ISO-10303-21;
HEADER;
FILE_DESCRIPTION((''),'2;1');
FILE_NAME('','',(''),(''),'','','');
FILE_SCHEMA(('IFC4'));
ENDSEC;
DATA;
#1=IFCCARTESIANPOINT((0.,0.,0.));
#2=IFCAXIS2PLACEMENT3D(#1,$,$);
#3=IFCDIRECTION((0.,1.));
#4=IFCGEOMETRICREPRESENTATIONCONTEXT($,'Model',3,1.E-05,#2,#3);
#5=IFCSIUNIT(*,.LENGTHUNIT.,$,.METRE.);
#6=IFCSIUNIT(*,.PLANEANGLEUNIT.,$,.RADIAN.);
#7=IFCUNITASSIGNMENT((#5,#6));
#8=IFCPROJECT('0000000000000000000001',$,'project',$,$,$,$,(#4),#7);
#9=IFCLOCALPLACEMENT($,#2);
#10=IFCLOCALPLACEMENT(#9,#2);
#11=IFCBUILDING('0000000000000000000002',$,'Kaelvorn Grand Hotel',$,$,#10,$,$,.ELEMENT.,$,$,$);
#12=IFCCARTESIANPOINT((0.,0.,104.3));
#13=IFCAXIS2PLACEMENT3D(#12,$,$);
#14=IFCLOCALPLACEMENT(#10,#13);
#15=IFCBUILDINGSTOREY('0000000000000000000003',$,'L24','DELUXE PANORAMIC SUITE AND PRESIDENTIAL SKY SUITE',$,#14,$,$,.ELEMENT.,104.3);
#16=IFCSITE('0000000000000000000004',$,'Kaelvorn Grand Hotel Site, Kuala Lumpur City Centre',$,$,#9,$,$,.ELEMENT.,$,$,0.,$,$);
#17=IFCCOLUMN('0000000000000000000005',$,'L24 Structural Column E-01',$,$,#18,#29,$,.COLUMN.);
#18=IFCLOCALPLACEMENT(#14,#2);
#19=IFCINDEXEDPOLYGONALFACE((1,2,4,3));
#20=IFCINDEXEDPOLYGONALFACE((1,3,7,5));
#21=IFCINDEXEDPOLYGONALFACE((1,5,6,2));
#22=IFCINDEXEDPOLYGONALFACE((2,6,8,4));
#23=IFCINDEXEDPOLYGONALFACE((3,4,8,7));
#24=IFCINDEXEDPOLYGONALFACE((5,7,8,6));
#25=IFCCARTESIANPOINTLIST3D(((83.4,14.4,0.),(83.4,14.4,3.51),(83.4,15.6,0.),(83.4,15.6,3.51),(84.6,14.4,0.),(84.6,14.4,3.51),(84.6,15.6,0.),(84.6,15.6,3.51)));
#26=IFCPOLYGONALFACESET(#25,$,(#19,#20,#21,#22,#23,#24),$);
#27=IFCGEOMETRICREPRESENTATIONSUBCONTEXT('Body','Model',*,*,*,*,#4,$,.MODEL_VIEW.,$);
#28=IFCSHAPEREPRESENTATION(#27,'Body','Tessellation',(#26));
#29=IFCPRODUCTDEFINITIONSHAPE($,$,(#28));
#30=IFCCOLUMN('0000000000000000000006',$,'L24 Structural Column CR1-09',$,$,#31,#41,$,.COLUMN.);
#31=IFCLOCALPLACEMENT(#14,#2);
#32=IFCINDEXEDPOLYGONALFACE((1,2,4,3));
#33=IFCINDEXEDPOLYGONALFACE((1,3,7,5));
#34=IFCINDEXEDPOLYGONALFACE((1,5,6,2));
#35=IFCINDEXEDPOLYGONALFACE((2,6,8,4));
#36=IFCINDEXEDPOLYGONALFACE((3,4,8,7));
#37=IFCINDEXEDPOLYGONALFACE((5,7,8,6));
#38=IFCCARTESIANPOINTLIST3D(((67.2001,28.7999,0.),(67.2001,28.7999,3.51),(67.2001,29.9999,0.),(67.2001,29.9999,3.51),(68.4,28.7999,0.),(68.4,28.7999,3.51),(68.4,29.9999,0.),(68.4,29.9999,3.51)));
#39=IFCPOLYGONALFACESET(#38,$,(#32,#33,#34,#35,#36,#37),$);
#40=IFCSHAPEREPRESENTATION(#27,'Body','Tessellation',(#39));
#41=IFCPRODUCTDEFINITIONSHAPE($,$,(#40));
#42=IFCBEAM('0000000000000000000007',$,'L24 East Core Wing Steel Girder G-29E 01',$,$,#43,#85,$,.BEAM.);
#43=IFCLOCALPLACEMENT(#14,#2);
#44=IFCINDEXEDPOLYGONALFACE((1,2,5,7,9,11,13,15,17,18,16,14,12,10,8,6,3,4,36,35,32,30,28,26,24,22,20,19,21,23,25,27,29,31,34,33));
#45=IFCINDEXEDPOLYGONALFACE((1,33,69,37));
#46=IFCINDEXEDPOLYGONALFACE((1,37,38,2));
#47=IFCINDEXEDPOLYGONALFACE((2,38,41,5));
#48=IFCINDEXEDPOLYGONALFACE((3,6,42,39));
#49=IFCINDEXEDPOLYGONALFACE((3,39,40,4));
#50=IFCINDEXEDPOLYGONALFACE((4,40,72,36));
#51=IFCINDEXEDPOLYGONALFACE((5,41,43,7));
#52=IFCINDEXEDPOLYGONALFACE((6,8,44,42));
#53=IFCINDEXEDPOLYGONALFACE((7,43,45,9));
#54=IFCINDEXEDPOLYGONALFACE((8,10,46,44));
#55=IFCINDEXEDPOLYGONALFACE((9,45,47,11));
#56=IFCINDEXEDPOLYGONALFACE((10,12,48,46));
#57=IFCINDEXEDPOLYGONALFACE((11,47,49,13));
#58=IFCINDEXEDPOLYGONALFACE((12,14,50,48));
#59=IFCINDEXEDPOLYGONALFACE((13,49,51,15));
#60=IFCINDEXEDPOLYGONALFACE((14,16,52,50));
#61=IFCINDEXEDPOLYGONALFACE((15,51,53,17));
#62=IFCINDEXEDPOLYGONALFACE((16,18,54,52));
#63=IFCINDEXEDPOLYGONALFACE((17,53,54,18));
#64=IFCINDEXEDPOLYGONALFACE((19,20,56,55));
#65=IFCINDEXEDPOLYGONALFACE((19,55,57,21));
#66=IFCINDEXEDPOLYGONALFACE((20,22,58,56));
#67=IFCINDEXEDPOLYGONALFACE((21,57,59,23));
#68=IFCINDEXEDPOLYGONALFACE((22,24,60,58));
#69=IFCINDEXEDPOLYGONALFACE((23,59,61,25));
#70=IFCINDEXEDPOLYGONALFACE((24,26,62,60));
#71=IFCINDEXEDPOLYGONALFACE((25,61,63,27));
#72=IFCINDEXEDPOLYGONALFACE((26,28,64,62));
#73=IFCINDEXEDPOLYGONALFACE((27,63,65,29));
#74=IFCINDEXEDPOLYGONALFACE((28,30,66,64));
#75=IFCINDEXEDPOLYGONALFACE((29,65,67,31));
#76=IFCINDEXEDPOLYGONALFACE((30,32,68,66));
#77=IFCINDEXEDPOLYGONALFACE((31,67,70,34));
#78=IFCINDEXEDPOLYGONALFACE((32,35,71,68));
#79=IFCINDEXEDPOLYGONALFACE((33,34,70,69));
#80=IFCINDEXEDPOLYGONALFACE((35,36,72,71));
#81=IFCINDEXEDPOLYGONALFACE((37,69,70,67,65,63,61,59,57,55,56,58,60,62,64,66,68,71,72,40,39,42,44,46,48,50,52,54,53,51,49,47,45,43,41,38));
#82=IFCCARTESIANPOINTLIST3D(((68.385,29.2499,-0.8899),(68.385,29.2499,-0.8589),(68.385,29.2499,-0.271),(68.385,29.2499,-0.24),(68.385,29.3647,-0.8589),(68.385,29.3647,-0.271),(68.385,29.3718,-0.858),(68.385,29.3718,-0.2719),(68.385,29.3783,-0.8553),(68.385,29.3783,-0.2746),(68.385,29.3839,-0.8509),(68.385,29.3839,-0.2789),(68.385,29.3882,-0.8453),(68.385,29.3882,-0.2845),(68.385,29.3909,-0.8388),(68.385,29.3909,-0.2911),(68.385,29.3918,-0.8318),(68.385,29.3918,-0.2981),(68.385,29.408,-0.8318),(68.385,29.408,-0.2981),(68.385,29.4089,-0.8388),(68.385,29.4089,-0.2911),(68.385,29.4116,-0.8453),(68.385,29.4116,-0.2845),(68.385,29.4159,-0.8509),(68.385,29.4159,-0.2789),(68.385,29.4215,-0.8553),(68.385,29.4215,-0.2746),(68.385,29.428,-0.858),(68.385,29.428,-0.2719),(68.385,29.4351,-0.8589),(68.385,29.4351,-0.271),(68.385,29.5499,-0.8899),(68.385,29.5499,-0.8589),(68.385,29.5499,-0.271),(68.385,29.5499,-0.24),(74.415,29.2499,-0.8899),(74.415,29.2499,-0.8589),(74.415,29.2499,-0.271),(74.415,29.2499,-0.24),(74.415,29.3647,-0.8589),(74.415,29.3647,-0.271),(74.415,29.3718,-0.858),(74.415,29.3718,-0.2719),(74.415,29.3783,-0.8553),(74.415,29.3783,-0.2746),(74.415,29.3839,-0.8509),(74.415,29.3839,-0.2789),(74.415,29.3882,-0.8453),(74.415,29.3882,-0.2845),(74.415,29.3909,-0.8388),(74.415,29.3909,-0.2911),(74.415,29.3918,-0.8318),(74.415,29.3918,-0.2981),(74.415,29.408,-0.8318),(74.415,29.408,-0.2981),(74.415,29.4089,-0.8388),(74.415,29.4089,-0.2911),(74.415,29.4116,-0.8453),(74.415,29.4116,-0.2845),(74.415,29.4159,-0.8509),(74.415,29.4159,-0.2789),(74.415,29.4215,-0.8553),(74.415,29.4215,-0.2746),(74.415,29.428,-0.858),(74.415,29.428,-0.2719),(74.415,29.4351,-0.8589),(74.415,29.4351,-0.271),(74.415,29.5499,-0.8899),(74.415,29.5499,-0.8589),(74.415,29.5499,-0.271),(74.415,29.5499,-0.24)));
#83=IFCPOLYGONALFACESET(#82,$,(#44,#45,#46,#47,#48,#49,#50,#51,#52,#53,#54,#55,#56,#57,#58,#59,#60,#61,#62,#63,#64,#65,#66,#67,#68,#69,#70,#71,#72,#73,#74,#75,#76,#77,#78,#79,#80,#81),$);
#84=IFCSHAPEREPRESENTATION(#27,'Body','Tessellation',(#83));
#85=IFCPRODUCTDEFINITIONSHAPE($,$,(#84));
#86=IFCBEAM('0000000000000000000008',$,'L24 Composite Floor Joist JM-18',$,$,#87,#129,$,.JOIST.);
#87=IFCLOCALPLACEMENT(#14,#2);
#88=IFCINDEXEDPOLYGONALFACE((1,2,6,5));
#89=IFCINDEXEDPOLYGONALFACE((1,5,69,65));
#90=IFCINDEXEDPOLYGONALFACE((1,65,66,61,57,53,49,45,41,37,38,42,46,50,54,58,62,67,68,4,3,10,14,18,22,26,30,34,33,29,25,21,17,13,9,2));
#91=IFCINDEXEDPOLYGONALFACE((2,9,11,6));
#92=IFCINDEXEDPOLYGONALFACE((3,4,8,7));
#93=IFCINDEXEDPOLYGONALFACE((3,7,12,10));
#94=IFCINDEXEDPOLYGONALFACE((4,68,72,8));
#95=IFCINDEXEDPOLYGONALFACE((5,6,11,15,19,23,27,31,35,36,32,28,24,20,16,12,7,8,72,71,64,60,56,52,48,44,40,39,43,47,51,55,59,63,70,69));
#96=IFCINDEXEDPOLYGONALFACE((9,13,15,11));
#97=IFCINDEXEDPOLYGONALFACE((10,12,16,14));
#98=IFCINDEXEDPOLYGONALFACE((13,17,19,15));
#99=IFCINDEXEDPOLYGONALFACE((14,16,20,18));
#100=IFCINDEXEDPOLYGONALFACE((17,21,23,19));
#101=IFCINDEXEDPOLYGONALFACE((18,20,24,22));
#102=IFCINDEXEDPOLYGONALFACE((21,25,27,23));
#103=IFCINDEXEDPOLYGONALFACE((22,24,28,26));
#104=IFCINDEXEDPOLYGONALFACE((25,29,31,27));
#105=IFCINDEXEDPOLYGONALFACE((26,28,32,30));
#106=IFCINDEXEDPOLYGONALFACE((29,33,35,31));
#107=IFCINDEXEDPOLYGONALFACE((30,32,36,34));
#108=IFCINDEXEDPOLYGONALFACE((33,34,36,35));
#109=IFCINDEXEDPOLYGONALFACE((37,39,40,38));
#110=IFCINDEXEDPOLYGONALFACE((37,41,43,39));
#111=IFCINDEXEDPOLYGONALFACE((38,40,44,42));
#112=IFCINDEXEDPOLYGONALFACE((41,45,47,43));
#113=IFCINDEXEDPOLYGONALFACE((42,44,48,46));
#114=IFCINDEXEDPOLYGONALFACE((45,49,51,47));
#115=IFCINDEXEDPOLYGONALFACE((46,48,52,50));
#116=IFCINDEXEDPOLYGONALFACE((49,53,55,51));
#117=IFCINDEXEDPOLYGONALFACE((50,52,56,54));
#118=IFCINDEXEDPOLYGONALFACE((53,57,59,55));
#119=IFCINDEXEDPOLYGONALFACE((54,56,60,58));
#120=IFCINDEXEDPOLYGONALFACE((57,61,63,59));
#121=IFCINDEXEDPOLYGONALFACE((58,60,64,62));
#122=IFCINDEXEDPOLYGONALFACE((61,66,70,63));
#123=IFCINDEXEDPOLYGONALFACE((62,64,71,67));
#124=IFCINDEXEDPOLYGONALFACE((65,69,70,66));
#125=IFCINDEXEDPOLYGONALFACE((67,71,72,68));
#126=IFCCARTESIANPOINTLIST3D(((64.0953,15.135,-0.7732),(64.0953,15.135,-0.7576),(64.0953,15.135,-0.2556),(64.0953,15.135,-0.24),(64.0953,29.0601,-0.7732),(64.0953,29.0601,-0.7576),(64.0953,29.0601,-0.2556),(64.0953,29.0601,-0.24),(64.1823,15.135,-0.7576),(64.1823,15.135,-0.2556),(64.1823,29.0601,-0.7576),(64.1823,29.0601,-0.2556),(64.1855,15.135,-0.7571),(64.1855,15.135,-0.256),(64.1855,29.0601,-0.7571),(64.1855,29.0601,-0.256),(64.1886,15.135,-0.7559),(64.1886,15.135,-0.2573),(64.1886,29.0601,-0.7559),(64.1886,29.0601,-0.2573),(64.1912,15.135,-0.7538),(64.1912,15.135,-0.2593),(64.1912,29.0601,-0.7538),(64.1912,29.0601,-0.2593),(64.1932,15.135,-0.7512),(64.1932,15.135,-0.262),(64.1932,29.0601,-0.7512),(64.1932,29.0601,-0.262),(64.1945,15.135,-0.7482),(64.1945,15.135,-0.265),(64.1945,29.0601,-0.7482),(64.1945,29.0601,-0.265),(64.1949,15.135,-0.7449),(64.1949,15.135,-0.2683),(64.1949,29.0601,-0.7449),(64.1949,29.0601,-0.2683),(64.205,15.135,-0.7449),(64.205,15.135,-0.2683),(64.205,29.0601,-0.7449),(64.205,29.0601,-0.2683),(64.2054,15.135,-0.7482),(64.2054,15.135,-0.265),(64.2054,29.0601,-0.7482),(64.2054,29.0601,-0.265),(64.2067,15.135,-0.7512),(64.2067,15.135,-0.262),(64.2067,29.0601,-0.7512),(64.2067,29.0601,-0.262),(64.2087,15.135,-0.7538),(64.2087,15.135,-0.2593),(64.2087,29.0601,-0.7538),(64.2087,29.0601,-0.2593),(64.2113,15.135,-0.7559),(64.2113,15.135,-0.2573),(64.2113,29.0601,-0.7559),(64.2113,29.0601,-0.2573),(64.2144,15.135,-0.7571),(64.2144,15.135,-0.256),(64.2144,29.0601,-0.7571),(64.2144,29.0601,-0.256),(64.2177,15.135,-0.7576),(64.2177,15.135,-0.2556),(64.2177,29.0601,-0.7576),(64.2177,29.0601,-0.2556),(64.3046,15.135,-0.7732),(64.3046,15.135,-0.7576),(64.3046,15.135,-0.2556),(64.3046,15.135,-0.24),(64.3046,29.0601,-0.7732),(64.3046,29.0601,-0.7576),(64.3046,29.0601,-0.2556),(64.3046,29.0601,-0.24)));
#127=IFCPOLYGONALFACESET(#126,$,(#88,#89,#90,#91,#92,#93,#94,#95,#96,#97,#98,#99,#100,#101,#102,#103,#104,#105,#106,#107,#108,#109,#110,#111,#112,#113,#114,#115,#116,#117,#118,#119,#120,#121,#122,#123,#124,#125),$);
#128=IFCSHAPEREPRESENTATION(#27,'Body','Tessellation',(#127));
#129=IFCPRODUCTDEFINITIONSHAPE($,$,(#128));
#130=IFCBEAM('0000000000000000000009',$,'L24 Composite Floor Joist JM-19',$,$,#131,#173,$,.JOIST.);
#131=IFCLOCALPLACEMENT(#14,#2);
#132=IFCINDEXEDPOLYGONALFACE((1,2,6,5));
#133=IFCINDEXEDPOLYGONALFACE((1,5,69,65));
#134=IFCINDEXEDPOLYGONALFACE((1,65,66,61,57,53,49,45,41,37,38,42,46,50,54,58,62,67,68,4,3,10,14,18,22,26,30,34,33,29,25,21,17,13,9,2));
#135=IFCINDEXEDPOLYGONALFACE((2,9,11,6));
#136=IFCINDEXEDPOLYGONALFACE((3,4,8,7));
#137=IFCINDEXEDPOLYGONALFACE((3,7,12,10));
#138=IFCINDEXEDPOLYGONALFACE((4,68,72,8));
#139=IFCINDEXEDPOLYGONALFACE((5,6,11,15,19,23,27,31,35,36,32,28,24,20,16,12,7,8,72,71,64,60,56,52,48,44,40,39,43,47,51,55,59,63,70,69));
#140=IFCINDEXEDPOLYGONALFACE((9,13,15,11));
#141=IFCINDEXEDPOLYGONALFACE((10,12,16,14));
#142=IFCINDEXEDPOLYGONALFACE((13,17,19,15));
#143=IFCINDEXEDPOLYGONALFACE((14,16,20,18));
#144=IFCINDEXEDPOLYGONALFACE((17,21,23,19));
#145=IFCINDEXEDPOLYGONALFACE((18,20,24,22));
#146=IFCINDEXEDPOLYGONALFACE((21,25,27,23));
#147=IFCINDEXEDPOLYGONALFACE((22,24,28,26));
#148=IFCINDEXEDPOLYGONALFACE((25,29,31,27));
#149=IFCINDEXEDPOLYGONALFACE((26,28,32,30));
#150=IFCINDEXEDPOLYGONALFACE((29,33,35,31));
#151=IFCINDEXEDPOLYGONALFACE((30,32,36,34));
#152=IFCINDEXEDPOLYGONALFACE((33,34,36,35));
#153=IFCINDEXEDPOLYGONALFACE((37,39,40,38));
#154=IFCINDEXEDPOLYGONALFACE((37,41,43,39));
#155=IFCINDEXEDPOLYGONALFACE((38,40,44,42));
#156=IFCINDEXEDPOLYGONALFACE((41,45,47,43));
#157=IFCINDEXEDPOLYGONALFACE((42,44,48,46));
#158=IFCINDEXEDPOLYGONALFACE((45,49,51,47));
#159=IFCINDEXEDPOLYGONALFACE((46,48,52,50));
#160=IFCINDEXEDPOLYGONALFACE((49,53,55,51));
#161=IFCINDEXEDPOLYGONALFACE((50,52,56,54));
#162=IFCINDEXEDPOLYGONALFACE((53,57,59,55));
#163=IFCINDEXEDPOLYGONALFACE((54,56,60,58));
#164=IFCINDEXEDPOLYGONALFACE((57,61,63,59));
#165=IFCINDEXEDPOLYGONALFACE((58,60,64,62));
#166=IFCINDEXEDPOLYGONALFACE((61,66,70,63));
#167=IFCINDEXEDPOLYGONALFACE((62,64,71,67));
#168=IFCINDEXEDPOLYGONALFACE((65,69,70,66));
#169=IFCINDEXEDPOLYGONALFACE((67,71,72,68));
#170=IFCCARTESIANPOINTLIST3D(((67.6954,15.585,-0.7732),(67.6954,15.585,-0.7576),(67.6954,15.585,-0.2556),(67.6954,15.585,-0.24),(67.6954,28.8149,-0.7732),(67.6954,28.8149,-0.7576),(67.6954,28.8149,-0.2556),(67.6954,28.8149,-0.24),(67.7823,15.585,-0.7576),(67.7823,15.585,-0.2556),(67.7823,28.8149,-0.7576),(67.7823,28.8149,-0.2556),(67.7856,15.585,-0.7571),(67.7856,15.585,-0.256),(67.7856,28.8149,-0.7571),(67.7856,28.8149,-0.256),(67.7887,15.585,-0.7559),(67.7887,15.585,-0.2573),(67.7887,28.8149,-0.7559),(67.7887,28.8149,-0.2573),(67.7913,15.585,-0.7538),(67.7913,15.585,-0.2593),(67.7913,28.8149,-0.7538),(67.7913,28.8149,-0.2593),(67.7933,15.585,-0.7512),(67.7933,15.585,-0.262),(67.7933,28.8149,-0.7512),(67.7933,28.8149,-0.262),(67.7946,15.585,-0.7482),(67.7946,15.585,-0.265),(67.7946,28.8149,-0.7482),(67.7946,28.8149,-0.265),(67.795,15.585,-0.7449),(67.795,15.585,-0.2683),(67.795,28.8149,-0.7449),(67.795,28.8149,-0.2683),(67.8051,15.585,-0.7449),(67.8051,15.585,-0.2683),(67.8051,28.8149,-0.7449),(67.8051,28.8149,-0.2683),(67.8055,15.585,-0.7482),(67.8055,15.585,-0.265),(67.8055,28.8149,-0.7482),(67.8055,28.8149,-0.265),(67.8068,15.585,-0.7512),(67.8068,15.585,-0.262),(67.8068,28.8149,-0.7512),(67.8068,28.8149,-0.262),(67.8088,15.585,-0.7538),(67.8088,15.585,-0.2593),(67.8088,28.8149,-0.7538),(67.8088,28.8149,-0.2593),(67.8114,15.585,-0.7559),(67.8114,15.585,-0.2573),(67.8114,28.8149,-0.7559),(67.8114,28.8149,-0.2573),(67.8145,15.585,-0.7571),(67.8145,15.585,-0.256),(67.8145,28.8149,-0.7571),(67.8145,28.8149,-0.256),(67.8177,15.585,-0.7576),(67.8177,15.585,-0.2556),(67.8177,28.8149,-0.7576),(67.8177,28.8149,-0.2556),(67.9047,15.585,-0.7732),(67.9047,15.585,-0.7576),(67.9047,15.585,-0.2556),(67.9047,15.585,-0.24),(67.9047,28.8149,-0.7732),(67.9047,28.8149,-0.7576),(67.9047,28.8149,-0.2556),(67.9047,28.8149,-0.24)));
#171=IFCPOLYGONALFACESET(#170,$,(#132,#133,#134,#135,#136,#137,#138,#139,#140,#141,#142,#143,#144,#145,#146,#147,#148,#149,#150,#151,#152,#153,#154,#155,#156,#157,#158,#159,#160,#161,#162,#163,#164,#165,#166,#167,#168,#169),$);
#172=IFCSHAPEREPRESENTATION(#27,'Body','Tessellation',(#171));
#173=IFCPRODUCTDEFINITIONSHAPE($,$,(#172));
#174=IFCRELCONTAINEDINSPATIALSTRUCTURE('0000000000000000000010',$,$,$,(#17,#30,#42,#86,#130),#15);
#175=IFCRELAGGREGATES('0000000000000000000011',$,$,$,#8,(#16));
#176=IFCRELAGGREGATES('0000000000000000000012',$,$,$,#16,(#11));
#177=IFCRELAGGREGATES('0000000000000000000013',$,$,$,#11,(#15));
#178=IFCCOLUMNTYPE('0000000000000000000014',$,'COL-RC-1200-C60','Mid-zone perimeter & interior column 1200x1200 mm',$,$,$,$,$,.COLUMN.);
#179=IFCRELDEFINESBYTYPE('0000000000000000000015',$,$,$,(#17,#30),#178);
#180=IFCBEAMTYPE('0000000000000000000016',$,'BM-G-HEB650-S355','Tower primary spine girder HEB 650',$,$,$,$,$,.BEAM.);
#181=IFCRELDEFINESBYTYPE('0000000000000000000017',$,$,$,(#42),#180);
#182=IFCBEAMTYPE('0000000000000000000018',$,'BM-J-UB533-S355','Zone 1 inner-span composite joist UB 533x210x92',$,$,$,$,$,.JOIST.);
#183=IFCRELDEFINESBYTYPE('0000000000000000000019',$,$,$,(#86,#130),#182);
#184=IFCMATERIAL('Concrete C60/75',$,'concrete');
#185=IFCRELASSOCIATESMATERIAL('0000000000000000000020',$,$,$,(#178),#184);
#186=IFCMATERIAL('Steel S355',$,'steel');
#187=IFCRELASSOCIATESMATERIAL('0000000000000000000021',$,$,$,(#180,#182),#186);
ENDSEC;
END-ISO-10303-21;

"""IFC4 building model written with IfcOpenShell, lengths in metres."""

from ifc_helpers import new_model, si_unit, direction, frame, origin, origin_2d, place, context, subcontext, project, spatial, rectangle, i_section, extrude, material, material_profile, profile_set, type_object, element, save


model = new_model("IFC4")

# Units and contexts
model_context = context("Model", 3, precision=1e-05, world=origin(), true_north=direction((0.0, 1.0)))
body_context = subcontext(model_context, "Body", "Model", "MODEL_VIEW")
ifc_project = project(units=[si_unit("LENGTHUNIT", "METRE"), si_unit("PLANEANGLEUNIT", "RADIAN")], contexts=[model_context])

# Site, building, storey
site_placement = place(None, origin())
site = spatial("IfcSite", under=ifc_project, at=site_placement, Name="Kaelvorn Grand Hotel Site, Kuala Lumpur City Centre", CompositionType="ELEMENT", RefElevation=0.0)
building_placement = place(site_placement, origin())
building = spatial("IfcBuilding", under=site, at=building_placement, Name="Kaelvorn Grand Hotel", CompositionType="ELEMENT")
storey_placement = place(building_placement, frame((0.0, 0.0, 104.3)))
storey = spatial("IfcBuildingStorey", under=building, at=storey_placement, Name="L24", Description="DELUXE PANORAMIC SUITE AND PRESIDENTIAL SKY SUITE", CompositionType="ELEMENT", Elevation=104.3)

# Columns
ifc_material_1 = material(Name="Concrete C60/75", Category="concrete")
ifc_material_profile_1 = material_profile(ifc_material_1, rectangle(XDim=1.2, YDim=1.2, at=origin_2d()), Name="RC COL 1200x1200")
ifc_profile_set_1 = profile_set([ifc_material_profile_1], Name="Concrete C60/75")
column_type = type_object("IfcColumnType", Name="COL-RC-1200-C60", Description="Mid-zone perimeter & interior column 1200x1200 mm", PredefinedType="COLUMN", material=ifc_profile_set_1)
for number, where, z_axis, x_axis, name in (
    (1, (84.0, 15.0, 0.0), (0.0, 0.0, 1.0), (1.0, 0.0, 0.0), "L24 Structural Column E-01"),
    (2, (67.8, 29.3999, 0.0), (0.0, 0.0, 1.0), (1.0, 0.0, 0.0), "L24 Structural Column CR1-09"),
):
    element("IfcColumn", number, at=place(storey_placement, frame(where, z_axis=z_axis, x_axis=x_axis)), inside=storey, type_object=column_type, Name=name, PredefinedType="COLUMN", context=body_context, shape_type="SweptSolid", body=[
        extrude(rectangle(XDim=1.2, YDim=1.2, at=origin_2d()), origin(), (0.0, 0.0, 1.0), 3.51),
    ])

# Beams
ifc_material_2 = material(Name="Steel S355", Category="steel")
ifc_material_profile_2 = material_profile(ifc_material_2, i_section(OverallWidth=0.3, OverallDepth=0.6499, WebThickness=0.0161, FlangeThickness=0.031, FilletRadius=0.0271, at=origin_2d()), Name="HEB 650")
ifc_profile_set_2 = profile_set([ifc_material_profile_2], Name="Steel S355")
beam_type_1 = type_object("IfcBeamType", Name="BM-G-HEB650-S355", Description="Tower primary spine girder HEB 650", PredefinedType="BEAM", material=ifc_profile_set_2)
beam_1_placement = place(storey_placement, frame((68.385, 29.3999, -0.5649), z_axis=(1.0, 0.0, 0.0), x_axis=(0.0, 1.0, 0.0)))
element("IfcBeam", 3, at=beam_1_placement, inside=storey, type_object=beam_type_1, Name="L24 East Core Wing Steel Girder G-29E 01", PredefinedType="BEAM", context=body_context, shape_type="SweptSolid", body=[
    extrude(i_section(OverallWidth=0.3, OverallDepth=0.6499, WebThickness=0.0161, FlangeThickness=0.031, FilletRadius=0.0271, at=origin_2d()), origin(), (0.0, 0.0, 1.0), 6.03),
])
ifc_material_profile_3 = material_profile(ifc_material_2, i_section(OverallWidth=0.2092, OverallDepth=0.5332, WebThickness=0.01, FlangeThickness=0.0156, FilletRadius=0.0127, at=origin_2d()), Name="UB 533x210x92")
ifc_profile_set_3 = profile_set([ifc_material_profile_3], Name="Steel S355")
beam_type_2 = type_object("IfcBeamType", Name="BM-J-UB533-S355", Description="Zone 1 inner-span composite joist UB 533x210x92", PredefinedType="JOIST", material=ifc_profile_set_3)
beam_2_placement = place(storey_placement, frame((64.2, 15.135, -0.5066), z_axis=(0.0, 1.0, 0.0), x_axis=(-1.0, 0.0, 0.0)))
element("IfcBeam", 4, at=beam_2_placement, inside=storey, type_object=beam_type_2, Name="L24 Composite Floor Joist JM-18", PredefinedType="JOIST", context=body_context, shape_type="SweptSolid", body=[
    extrude(i_section(OverallWidth=0.2092, OverallDepth=0.5332, WebThickness=0.01, FlangeThickness=0.0156, FilletRadius=0.0127, at=origin_2d()), origin(), (0.0, 0.0, 1.0), 13.925),
])
beam_3_placement = place(storey_placement, frame((67.8, 15.585, -0.5066), z_axis=(0.0, 1.0, 0.0), x_axis=(-1.0, 0.0, 0.0)))
element("IfcBeam", 5, at=beam_3_placement, inside=storey, type_object=beam_type_2, Name="L24 Composite Floor Joist JM-19", PredefinedType="JOIST", context=body_context, shape_type="SweptSolid", body=[
    extrude(i_section(OverallWidth=0.2092, OverallDepth=0.5332, WebThickness=0.01, FlangeThickness=0.0156, FilletRadius=0.0127, at=origin_2d()), origin(), (0.0, 0.0, 1.0), 13.23),
])

save(model, "model.ifc")
